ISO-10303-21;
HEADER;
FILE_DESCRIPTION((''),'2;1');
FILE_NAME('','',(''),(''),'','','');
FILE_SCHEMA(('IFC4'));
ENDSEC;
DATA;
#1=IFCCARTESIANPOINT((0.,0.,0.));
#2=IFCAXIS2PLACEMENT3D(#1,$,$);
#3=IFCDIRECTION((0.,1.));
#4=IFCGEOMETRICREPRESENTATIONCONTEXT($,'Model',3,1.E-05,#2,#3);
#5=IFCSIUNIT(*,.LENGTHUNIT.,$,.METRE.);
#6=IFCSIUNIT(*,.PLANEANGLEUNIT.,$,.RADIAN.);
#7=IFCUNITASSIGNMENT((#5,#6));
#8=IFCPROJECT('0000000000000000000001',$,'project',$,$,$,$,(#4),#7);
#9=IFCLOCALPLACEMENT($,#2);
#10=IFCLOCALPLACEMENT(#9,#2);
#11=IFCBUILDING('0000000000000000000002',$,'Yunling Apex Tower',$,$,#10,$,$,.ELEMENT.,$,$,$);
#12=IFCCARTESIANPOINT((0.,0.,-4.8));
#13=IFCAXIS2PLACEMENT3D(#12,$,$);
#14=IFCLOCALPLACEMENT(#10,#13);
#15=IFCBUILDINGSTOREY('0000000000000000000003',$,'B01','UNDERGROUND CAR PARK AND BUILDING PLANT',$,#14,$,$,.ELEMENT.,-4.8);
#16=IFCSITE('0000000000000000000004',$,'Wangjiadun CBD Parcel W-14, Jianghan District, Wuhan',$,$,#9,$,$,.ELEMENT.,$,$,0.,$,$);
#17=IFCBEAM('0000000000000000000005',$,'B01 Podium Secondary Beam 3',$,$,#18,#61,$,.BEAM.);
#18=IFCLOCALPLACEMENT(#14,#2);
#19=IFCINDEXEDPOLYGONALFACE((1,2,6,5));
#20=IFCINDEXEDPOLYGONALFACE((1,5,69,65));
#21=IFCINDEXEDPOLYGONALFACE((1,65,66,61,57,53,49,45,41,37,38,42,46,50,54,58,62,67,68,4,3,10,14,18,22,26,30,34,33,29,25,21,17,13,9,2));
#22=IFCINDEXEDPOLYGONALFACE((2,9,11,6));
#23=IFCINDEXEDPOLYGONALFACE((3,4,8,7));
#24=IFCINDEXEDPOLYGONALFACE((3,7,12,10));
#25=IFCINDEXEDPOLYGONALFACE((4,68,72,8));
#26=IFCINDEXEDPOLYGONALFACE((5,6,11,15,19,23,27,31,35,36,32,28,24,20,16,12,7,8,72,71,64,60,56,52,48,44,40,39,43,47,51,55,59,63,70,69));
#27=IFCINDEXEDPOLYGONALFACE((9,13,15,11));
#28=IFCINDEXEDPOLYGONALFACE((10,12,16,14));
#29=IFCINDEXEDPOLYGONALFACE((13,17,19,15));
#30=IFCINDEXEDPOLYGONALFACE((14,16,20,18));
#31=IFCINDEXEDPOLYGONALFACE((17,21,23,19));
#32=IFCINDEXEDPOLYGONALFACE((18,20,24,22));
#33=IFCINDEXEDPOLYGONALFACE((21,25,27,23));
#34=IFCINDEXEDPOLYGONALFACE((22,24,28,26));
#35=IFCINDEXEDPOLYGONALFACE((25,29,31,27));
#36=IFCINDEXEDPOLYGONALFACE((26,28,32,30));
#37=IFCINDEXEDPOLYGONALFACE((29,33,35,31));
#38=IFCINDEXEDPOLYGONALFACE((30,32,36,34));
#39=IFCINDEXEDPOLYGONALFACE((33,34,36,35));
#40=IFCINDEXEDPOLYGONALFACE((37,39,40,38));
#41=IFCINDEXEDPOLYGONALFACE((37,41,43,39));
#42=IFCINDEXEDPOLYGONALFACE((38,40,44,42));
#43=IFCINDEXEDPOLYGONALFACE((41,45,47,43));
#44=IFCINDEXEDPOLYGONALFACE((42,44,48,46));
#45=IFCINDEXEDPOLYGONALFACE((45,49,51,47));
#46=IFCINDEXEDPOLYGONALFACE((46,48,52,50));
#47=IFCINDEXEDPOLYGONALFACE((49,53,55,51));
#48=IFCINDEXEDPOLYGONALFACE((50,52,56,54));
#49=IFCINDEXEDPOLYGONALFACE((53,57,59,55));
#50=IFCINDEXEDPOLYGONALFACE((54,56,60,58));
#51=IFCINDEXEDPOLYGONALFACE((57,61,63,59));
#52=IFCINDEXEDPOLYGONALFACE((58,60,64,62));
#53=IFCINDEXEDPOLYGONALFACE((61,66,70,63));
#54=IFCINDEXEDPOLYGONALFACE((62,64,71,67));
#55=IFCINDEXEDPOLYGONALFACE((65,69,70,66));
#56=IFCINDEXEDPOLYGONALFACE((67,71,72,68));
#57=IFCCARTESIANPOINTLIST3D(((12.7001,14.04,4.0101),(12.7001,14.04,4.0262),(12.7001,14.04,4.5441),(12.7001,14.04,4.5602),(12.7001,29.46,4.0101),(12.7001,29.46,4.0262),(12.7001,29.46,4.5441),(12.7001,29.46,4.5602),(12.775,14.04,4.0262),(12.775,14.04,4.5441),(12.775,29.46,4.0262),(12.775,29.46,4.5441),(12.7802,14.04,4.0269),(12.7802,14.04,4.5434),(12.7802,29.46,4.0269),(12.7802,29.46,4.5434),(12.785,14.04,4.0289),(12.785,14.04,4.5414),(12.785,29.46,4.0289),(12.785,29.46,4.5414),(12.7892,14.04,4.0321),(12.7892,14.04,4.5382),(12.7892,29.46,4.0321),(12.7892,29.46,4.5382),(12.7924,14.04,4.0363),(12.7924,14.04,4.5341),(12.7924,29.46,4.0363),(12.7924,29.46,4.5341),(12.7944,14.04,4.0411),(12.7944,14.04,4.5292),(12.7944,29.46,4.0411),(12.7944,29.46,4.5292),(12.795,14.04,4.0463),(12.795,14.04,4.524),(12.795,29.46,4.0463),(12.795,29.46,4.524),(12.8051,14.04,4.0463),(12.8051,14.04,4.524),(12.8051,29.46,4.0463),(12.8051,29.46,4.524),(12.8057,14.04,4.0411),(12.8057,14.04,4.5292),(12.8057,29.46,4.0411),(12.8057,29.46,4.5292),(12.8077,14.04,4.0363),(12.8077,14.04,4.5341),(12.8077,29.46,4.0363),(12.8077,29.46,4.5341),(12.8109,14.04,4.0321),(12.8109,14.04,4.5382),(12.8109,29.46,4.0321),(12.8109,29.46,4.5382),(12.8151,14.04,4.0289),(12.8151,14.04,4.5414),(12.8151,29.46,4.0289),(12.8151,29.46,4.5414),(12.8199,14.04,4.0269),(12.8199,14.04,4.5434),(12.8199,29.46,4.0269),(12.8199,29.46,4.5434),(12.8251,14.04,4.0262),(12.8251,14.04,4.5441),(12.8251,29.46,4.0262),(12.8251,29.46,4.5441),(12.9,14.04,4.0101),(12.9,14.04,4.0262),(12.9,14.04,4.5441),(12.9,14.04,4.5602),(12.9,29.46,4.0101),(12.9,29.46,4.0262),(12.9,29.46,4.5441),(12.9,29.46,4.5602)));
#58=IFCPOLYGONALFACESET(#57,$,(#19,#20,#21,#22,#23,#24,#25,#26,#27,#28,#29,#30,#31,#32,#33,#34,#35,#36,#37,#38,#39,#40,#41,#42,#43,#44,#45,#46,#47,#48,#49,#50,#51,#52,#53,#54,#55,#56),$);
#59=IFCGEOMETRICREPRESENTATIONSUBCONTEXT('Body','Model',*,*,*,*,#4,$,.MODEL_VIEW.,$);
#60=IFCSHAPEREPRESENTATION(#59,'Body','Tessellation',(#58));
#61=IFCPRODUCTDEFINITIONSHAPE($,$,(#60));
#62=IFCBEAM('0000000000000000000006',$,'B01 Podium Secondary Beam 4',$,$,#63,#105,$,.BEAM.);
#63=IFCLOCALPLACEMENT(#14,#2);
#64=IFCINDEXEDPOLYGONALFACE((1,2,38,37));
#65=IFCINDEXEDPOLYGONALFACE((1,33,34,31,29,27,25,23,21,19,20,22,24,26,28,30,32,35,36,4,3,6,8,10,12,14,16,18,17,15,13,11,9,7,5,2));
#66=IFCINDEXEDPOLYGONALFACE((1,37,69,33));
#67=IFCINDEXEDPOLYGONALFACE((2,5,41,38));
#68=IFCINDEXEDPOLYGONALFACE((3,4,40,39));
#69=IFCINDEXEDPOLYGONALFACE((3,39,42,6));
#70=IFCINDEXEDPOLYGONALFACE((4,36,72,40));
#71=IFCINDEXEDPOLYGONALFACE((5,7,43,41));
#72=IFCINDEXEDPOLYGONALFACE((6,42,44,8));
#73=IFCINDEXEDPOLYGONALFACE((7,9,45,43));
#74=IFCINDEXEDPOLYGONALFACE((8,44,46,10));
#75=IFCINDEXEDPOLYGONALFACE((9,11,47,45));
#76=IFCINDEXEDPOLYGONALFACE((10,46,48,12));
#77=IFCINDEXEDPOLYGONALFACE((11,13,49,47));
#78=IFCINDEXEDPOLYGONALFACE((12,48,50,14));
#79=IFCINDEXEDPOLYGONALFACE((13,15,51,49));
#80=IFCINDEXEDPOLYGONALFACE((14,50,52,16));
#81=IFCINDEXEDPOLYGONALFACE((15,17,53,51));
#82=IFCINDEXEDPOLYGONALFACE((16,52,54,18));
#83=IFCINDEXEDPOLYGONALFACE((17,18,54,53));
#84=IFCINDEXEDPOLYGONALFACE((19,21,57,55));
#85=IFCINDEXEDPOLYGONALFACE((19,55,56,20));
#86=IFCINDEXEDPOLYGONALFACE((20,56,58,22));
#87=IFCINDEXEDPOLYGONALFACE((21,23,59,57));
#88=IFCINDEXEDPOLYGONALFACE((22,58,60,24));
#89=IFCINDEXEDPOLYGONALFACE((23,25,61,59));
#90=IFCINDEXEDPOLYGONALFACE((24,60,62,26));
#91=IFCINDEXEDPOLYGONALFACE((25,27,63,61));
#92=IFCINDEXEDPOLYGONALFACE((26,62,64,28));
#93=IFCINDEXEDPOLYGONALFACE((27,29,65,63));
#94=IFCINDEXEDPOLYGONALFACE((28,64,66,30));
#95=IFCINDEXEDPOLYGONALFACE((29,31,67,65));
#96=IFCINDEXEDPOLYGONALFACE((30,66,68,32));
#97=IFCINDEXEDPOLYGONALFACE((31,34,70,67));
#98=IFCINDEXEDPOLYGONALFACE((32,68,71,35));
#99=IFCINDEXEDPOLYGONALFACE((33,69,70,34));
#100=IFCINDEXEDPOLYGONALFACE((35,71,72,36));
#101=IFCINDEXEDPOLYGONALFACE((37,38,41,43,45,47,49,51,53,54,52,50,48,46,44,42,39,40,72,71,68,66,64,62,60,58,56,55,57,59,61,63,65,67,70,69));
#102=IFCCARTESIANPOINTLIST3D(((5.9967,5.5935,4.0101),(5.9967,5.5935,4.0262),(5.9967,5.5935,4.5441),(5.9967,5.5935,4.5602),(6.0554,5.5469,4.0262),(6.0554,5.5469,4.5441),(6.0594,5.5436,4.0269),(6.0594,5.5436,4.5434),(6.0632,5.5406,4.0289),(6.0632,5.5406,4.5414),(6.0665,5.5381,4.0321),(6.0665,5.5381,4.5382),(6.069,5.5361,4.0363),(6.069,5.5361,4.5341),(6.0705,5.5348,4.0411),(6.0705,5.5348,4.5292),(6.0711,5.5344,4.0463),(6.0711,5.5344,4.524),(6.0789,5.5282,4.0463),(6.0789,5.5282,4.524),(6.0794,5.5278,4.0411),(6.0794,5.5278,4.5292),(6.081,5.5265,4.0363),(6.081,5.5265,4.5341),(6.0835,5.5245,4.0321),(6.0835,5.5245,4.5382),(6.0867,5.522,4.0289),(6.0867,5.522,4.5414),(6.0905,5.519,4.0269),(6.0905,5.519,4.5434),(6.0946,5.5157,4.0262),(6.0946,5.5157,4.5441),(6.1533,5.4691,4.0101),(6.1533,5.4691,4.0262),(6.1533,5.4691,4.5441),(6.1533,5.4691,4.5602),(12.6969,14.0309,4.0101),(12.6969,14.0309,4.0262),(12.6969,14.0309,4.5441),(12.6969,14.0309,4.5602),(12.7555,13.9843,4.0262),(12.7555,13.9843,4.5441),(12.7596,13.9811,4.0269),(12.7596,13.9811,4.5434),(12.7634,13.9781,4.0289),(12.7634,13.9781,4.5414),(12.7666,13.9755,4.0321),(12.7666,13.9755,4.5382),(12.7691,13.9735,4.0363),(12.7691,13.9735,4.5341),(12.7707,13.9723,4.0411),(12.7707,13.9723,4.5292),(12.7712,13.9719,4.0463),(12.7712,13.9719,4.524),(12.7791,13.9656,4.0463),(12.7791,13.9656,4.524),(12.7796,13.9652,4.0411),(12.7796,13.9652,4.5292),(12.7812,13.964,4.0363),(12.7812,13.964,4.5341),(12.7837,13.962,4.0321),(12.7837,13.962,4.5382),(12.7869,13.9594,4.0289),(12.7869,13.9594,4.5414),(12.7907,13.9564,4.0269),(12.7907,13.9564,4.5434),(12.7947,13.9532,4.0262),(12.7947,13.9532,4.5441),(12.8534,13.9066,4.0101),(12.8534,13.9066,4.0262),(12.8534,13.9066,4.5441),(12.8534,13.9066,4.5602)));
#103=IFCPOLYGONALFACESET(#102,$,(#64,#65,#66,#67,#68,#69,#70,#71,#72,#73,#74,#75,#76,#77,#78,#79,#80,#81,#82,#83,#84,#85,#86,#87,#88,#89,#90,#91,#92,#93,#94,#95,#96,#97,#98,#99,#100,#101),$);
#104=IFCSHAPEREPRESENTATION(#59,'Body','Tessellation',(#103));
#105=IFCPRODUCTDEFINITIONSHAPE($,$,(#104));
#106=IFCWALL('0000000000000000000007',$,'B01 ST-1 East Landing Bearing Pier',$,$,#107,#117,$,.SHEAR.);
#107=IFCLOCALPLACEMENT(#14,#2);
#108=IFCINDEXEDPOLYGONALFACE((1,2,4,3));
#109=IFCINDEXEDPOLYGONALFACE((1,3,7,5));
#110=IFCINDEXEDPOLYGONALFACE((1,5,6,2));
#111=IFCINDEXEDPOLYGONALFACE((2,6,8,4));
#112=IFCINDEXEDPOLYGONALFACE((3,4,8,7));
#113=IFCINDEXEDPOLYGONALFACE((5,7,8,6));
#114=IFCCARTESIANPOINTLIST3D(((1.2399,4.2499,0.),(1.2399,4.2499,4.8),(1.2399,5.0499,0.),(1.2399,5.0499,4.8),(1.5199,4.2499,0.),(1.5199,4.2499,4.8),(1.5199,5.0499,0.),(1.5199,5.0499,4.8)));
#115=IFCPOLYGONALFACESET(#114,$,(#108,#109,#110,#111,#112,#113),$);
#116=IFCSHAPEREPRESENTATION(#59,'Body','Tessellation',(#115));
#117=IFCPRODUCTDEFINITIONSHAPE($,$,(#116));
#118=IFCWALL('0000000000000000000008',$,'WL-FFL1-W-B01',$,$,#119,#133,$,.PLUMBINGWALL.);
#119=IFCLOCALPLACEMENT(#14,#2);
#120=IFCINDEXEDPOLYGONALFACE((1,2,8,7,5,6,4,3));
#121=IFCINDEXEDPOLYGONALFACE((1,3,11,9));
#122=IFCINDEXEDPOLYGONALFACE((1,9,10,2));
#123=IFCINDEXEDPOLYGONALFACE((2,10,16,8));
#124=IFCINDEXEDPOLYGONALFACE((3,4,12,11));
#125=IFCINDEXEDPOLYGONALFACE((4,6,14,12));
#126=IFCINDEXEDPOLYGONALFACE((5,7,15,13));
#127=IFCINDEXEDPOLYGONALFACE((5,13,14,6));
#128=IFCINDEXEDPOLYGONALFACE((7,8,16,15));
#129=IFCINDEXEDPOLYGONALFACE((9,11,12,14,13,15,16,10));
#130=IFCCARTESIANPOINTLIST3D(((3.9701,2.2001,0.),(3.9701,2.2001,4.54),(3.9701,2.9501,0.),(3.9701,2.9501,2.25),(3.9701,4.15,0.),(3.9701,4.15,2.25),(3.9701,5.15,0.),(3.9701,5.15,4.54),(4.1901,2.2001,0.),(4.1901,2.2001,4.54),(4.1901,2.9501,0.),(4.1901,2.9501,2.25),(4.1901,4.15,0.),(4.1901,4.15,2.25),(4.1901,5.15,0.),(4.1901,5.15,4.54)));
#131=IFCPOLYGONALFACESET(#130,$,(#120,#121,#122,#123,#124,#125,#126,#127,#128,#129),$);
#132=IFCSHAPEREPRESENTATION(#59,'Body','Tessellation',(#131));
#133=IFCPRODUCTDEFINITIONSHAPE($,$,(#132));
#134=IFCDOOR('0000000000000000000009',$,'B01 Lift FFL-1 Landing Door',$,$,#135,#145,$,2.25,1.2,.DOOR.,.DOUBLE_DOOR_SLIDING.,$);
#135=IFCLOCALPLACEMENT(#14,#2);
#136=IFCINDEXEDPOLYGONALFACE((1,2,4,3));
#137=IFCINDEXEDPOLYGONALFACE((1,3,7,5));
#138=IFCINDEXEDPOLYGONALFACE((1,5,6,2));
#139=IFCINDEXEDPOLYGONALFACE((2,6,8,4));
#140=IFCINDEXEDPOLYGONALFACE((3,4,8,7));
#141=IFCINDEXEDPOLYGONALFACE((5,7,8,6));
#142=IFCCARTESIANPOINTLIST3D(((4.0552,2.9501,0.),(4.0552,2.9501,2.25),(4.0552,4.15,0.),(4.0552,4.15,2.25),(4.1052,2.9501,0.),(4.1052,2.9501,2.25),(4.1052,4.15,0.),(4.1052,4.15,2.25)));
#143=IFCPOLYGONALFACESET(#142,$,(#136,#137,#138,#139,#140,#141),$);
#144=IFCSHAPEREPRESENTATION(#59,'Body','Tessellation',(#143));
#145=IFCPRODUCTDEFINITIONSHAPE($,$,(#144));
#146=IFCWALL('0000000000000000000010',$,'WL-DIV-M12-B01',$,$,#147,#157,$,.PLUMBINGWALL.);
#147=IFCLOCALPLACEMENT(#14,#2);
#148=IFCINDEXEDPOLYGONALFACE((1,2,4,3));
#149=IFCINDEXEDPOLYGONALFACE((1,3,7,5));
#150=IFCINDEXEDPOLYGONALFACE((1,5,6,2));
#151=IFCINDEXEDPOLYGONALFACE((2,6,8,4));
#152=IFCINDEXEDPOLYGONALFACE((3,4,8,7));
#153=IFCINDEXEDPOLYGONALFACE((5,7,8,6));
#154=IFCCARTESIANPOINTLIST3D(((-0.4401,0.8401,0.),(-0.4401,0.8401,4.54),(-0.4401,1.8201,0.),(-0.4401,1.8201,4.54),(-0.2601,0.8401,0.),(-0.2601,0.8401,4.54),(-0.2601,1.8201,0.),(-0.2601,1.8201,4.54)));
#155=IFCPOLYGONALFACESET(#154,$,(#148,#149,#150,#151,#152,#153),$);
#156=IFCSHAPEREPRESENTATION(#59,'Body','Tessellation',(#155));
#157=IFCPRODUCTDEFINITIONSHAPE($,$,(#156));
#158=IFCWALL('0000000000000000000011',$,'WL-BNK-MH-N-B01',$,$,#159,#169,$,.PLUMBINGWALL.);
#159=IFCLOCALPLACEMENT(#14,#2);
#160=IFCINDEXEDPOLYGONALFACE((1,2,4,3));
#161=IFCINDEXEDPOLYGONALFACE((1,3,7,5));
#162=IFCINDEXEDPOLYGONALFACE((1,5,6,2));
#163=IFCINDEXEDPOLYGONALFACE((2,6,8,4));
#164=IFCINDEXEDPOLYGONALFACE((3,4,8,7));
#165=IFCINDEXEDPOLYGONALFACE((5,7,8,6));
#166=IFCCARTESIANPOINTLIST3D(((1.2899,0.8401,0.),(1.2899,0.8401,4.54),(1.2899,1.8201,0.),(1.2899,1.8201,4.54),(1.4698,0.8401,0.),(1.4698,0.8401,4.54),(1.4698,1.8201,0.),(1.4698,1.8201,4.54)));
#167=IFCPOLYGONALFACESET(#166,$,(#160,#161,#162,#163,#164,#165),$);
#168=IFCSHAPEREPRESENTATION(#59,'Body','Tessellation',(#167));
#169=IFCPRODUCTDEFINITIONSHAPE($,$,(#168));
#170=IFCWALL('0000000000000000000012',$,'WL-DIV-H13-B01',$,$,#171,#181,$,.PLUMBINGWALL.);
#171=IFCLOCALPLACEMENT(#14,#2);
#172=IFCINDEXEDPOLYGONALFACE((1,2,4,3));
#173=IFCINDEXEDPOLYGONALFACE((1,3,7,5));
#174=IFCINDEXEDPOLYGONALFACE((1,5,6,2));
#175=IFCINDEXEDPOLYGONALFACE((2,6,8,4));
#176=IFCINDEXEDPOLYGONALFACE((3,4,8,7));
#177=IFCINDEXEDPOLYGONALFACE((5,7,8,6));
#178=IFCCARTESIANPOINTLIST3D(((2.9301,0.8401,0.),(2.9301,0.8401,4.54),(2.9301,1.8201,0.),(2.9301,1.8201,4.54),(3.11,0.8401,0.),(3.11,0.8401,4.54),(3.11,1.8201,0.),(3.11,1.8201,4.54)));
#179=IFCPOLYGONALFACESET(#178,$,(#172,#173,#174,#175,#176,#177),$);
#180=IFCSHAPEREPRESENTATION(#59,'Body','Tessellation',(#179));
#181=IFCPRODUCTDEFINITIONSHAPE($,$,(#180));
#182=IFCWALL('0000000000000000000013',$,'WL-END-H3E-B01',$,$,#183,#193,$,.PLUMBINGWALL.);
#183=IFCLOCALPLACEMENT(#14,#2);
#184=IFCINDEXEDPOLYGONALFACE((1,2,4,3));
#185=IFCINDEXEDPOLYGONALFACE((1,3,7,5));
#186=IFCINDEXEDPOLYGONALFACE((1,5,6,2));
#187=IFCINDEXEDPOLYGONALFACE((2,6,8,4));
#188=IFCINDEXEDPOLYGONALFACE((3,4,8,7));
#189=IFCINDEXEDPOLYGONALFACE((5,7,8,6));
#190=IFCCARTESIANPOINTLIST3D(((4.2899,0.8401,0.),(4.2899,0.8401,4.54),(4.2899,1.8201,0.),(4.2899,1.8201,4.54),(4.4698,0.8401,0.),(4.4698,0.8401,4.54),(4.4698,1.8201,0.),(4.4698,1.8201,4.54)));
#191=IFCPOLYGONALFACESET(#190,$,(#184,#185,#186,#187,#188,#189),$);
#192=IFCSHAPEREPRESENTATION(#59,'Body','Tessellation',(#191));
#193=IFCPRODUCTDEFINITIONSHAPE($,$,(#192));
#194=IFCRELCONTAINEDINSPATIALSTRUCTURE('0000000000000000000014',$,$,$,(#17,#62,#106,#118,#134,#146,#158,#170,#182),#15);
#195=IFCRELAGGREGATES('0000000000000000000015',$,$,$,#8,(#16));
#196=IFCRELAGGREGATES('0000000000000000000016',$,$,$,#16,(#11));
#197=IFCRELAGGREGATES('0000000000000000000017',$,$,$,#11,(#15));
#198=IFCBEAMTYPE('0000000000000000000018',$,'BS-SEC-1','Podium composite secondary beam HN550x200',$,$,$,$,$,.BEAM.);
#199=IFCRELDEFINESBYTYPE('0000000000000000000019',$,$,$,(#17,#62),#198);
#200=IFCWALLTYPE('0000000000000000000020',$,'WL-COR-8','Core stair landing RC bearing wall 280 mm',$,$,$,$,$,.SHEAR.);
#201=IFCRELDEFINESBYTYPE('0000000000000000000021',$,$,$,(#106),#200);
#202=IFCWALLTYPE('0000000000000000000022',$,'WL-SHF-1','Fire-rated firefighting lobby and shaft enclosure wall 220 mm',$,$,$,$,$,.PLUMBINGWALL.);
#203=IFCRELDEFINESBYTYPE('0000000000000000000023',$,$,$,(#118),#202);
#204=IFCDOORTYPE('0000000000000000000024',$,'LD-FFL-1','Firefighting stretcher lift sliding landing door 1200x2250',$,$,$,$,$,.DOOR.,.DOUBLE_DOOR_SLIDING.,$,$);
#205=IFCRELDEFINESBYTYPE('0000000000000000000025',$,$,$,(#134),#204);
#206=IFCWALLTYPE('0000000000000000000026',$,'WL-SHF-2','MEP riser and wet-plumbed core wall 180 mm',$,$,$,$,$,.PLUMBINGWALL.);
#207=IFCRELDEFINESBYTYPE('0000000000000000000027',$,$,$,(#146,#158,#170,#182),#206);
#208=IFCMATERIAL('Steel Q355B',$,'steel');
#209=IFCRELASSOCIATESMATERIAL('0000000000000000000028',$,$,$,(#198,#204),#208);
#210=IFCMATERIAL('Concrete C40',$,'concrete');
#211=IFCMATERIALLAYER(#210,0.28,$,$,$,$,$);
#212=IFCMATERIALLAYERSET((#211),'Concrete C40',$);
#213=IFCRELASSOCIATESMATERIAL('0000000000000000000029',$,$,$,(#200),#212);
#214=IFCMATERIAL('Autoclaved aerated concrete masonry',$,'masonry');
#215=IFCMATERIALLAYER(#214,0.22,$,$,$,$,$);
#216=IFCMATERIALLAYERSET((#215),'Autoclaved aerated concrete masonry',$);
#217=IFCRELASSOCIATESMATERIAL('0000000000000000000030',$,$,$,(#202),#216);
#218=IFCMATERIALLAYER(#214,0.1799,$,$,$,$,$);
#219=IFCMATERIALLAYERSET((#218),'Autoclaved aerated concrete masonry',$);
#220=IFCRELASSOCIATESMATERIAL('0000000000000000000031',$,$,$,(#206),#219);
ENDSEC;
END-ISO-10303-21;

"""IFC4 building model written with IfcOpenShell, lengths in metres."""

from ifc_helpers import new_model, si_unit, direction, frame, frame_2d, origin, origin_2d, place, context, subcontext, project, spatial, rectangle, i_section, extrude, source, transform, mapped, material, layer, layer_set, material_profile, profile_set, type_object, element, fill, save


model = new_model("IFC4")

# Units and contexts
model_context = context("Model", 3, precision=1e-05, world=origin(), true_north=direction((0.0, 1.0)))
body_context = subcontext(model_context, "Body", "Model", "MODEL_VIEW")
ifc_project = project(units=[si_unit("LENGTHUNIT", "METRE"), si_unit("PLANEANGLEUNIT", "RADIAN")], contexts=[model_context])

# Site, building, storey
site_placement = place(None, origin())
site = spatial("IfcSite", under=ifc_project, at=site_placement, Name="Wangjiadun CBD Parcel W-14, Jianghan District, Wuhan", CompositionType="ELEMENT", RefElevation=0.0)
building_placement = place(site_placement, origin())
building = spatial("IfcBuilding", under=site, at=building_placement, Name="Yunling Apex Tower", CompositionType="ELEMENT")
storey_placement = place(building_placement, frame((0.0, 0.0, -4.8)))
storey = spatial("IfcBuildingStorey", under=building, at=storey_placement, Name="B01", Description="UNDERGROUND CAR PARK AND BUILDING PLANT", CompositionType="ELEMENT", Elevation=-4.8)

# Beams
ifc_material_1 = material(Name="Steel Q355B", Category="steel")
ifc_material_profile_1 = material_profile(ifc_material_1, i_section(OverallWidth=0.2, OverallDepth=0.55, WebThickness=0.01, FlangeThickness=0.0161, FilletRadius=0.02, at=origin_2d()))
ifc_profile_set_1 = profile_set([ifc_material_profile_1], Name="Steel Q355B")
beam_type_1 = type_object("IfcBeamType", Name="BS-SEC-1", Description="Podium composite secondary beam HN550x200", PredefinedType="BEAM", material=ifc_profile_set_1)
shared_shape_1 = source(origin(), body_context, "Body", "SweptSolid", [
    extrude(i_section(OverallWidth=0.2, OverallDepth=0.55, WebThickness=0.01, FlangeThickness=0.0161, FilletRadius=0.02, at=origin_2d()), origin(), (0.0, 0.0, 1.0), 15.4199),
])
beam_1_placement = place(storey_placement, frame((12.8, 29.46, 4.2852), z_axis=(0.0, -1.0, 0.0), x_axis=(1.0, 0.0, 0.0)))
element("IfcBeam", 1, at=beam_1_placement, inside=storey, type_object=beam_type_1, Name="B01 Podium Secondary Beam 3", PredefinedType="BEAM", context=body_context, shape_type="MappedRepresentation", body=[
    mapped(shared_shape_1, transform((0.0, 0.0, 0.0), scale=1.0)),
])
shared_shape_2 = source(origin(), body_context, "Body", "SweptSolid", [
    extrude(i_section(OverallWidth=0.2, OverallDepth=0.55, WebThickness=0.01, FlangeThickness=0.0161, FilletRadius=0.02, at=origin_2d()), origin(), (0.0, 0.0, 1.0), 10.7742),
])
beam_2_placement = place(storey_placement, frame((12.7751, 13.9688, 4.2852), z_axis=(-0.621872, -0.783119, 0.0), x_axis=(0.783119, -0.621872, 0.0)))
element("IfcBeam", 2, at=beam_2_placement, inside=storey, type_object=beam_type_1, Name="B01 Podium Secondary Beam 4", PredefinedType="BEAM", context=body_context, shape_type="MappedRepresentation", body=[
    mapped(shared_shape_2, transform((0.0, 0.0, 0.0), scale=1.0)),
])

# Wall
ifc_material_2 = material(Name="Concrete C40", Category="concrete")
ifc_layer_1 = layer(ifc_material_2, 0.28)
ifc_layer_set_1 = layer_set([ifc_layer_1], Name="Concrete C40")
wall_type_1 = type_object("IfcWallType", Name="WL-COR-8", Description="Core stair landing RC bearing wall 280 mm", PredefinedType="SHEAR", material=ifc_layer_set_1)
wall_1_placement = place(storey_placement, frame((1.3799, 4.25, 0.0), z_axis=(0.0, 0.0, 1.0), x_axis=(0.0, 1.0, 0.0)))
element("IfcWall", 3, at=wall_1_placement, inside=storey, type_object=wall_type_1, Name="B01 ST-1 East Landing Bearing Pier", PredefinedType="SHEAR", context=body_context, shape_type="SweptSolid", body=[
    extrude(rectangle(XDim=0.8, YDim=0.28, at=frame_2d((0.3999, 0.0))), origin(), (0.0, 0.0, 1.0), 4.8),
])

# Wall, opening, door
ifc_material_3 = material(Name="Autoclaved aerated concrete masonry", Category="masonry")
ifc_layer_2 = layer(ifc_material_3, 0.22)
ifc_layer_set_2 = layer_set([ifc_layer_2], Name="Autoclaved aerated concrete masonry")
wall_type_2 = type_object("IfcWallType", Name="WL-SHF-1", Description="Fire-rated firefighting lobby and shaft enclosure wall 220 mm", PredefinedType="PLUMBINGWALL", material=ifc_layer_set_2)
wall_2_placement = place(storey_placement, frame((4.0801, 2.2, 0.0), z_axis=(0.0, 0.0, 1.0), x_axis=(0.0, 1.0, 0.0)))
wall_2 = element("IfcWall", 4, at=wall_2_placement, inside=storey, type_object=wall_type_2, Name="WL-FFL1-W-B01", PredefinedType="PLUMBINGWALL", context=body_context, shape_type="SweptSolid", body=[
    extrude(rectangle(XDim=2.95, YDim=0.22, at=frame_2d((1.4751, 0.0))), origin(), (0.0, 0.0, 1.0), 4.54),
])
opening_1_placement = place(wall_2_placement, frame((0.75, 0.0, 0.0)))
opening_1 = element("IfcOpeningElement", 5, at=opening_1_placement, cuts=wall_2, PredefinedType="OPENING", context=body_context, shape_type="SweptSolid", body=[
    extrude(rectangle(XDim=1.2, YDim=2.25, at=frame_2d((0.6001, 1.125))), frame((0.0, 0.1201, 0.0), z_axis=(0.0, -1.0, 0.0), x_axis=(1.0, 0.0, 0.0)), (0.0, 0.0, 1.0), 0.24),
])
door_type_1 = type_object("IfcDoorType", Name="LD-FFL-1", Description="Firefighting stretcher lift sliding landing door 1200x2250", OperationType="DOUBLE_DOOR_SLIDING", PredefinedType="DOOR", material=ifc_material_1)
door_1_placement = place(opening_1_placement, origin())
door_1 = element("IfcDoor", 6, at=door_1_placement, inside=storey, type_object=door_type_1, Name="B01 Lift FFL-1 Landing Door", OperationType="DOUBLE_DOOR_SLIDING", OverallHeight=2.25, OverallWidth=1.2, PredefinedType="DOOR", context=body_context, shape_type="SweptSolid", body=[
    extrude(rectangle(XDim=1.2, YDim=2.25, at=frame_2d((0.6001, 1.125))), frame((0.0, 0.0249, 0.0), z_axis=(0.0, -1.0, 0.0), x_axis=(1.0, 0.0, 0.0)), (0.0, 0.0, 1.0), 0.05),
])
fill(opening_1, door_1)

# Walls
ifc_layer_3 = layer(ifc_material_3, 0.1799)
ifc_layer_set_3 = layer_set([ifc_layer_3], Name="Autoclaved aerated concrete masonry")
wall_type_3 = type_object("IfcWallType", Name="WL-SHF-2", Description="MEP riser and wet-plumbed core wall 180 mm", PredefinedType="PLUMBINGWALL", material=ifc_layer_set_3)
for number, where, z_axis, x_axis, name in (
    (7, (-0.3501, 0.8401, 0.0), (0.0, 0.0, 1.0), (0.0, 1.0, 0.0), "WL-DIV-M12-B01"),
    (8, (1.3799, 0.8401, 0.0), (0.0, 0.0, 1.0), (0.0, 1.0, 0.0), "WL-BNK-MH-N-B01"),
    (9, (3.02, 0.8401, 0.0), (0.0, 0.0, 1.0), (0.0, 1.0, 0.0), "WL-DIV-H13-B01"),
    (10, (4.3799, 0.8401, 0.0), (0.0, 0.0, 1.0), (0.0, 1.0, 0.0), "WL-END-H3E-B01"),
):
    element("IfcWall", number, at=place(storey_placement, frame(where, z_axis=z_axis, x_axis=x_axis)), inside=storey, type_object=wall_type_3, Name=name, PredefinedType="PLUMBINGWALL", context=body_context, shape_type="SweptSolid", body=[
        extrude(rectangle(XDim=0.98, YDim=0.1799, at=frame_2d((0.49, 0.0))), origin(), (0.0, 0.0, 1.0), 4.54),
    ])

save(model, "model.ifc")
